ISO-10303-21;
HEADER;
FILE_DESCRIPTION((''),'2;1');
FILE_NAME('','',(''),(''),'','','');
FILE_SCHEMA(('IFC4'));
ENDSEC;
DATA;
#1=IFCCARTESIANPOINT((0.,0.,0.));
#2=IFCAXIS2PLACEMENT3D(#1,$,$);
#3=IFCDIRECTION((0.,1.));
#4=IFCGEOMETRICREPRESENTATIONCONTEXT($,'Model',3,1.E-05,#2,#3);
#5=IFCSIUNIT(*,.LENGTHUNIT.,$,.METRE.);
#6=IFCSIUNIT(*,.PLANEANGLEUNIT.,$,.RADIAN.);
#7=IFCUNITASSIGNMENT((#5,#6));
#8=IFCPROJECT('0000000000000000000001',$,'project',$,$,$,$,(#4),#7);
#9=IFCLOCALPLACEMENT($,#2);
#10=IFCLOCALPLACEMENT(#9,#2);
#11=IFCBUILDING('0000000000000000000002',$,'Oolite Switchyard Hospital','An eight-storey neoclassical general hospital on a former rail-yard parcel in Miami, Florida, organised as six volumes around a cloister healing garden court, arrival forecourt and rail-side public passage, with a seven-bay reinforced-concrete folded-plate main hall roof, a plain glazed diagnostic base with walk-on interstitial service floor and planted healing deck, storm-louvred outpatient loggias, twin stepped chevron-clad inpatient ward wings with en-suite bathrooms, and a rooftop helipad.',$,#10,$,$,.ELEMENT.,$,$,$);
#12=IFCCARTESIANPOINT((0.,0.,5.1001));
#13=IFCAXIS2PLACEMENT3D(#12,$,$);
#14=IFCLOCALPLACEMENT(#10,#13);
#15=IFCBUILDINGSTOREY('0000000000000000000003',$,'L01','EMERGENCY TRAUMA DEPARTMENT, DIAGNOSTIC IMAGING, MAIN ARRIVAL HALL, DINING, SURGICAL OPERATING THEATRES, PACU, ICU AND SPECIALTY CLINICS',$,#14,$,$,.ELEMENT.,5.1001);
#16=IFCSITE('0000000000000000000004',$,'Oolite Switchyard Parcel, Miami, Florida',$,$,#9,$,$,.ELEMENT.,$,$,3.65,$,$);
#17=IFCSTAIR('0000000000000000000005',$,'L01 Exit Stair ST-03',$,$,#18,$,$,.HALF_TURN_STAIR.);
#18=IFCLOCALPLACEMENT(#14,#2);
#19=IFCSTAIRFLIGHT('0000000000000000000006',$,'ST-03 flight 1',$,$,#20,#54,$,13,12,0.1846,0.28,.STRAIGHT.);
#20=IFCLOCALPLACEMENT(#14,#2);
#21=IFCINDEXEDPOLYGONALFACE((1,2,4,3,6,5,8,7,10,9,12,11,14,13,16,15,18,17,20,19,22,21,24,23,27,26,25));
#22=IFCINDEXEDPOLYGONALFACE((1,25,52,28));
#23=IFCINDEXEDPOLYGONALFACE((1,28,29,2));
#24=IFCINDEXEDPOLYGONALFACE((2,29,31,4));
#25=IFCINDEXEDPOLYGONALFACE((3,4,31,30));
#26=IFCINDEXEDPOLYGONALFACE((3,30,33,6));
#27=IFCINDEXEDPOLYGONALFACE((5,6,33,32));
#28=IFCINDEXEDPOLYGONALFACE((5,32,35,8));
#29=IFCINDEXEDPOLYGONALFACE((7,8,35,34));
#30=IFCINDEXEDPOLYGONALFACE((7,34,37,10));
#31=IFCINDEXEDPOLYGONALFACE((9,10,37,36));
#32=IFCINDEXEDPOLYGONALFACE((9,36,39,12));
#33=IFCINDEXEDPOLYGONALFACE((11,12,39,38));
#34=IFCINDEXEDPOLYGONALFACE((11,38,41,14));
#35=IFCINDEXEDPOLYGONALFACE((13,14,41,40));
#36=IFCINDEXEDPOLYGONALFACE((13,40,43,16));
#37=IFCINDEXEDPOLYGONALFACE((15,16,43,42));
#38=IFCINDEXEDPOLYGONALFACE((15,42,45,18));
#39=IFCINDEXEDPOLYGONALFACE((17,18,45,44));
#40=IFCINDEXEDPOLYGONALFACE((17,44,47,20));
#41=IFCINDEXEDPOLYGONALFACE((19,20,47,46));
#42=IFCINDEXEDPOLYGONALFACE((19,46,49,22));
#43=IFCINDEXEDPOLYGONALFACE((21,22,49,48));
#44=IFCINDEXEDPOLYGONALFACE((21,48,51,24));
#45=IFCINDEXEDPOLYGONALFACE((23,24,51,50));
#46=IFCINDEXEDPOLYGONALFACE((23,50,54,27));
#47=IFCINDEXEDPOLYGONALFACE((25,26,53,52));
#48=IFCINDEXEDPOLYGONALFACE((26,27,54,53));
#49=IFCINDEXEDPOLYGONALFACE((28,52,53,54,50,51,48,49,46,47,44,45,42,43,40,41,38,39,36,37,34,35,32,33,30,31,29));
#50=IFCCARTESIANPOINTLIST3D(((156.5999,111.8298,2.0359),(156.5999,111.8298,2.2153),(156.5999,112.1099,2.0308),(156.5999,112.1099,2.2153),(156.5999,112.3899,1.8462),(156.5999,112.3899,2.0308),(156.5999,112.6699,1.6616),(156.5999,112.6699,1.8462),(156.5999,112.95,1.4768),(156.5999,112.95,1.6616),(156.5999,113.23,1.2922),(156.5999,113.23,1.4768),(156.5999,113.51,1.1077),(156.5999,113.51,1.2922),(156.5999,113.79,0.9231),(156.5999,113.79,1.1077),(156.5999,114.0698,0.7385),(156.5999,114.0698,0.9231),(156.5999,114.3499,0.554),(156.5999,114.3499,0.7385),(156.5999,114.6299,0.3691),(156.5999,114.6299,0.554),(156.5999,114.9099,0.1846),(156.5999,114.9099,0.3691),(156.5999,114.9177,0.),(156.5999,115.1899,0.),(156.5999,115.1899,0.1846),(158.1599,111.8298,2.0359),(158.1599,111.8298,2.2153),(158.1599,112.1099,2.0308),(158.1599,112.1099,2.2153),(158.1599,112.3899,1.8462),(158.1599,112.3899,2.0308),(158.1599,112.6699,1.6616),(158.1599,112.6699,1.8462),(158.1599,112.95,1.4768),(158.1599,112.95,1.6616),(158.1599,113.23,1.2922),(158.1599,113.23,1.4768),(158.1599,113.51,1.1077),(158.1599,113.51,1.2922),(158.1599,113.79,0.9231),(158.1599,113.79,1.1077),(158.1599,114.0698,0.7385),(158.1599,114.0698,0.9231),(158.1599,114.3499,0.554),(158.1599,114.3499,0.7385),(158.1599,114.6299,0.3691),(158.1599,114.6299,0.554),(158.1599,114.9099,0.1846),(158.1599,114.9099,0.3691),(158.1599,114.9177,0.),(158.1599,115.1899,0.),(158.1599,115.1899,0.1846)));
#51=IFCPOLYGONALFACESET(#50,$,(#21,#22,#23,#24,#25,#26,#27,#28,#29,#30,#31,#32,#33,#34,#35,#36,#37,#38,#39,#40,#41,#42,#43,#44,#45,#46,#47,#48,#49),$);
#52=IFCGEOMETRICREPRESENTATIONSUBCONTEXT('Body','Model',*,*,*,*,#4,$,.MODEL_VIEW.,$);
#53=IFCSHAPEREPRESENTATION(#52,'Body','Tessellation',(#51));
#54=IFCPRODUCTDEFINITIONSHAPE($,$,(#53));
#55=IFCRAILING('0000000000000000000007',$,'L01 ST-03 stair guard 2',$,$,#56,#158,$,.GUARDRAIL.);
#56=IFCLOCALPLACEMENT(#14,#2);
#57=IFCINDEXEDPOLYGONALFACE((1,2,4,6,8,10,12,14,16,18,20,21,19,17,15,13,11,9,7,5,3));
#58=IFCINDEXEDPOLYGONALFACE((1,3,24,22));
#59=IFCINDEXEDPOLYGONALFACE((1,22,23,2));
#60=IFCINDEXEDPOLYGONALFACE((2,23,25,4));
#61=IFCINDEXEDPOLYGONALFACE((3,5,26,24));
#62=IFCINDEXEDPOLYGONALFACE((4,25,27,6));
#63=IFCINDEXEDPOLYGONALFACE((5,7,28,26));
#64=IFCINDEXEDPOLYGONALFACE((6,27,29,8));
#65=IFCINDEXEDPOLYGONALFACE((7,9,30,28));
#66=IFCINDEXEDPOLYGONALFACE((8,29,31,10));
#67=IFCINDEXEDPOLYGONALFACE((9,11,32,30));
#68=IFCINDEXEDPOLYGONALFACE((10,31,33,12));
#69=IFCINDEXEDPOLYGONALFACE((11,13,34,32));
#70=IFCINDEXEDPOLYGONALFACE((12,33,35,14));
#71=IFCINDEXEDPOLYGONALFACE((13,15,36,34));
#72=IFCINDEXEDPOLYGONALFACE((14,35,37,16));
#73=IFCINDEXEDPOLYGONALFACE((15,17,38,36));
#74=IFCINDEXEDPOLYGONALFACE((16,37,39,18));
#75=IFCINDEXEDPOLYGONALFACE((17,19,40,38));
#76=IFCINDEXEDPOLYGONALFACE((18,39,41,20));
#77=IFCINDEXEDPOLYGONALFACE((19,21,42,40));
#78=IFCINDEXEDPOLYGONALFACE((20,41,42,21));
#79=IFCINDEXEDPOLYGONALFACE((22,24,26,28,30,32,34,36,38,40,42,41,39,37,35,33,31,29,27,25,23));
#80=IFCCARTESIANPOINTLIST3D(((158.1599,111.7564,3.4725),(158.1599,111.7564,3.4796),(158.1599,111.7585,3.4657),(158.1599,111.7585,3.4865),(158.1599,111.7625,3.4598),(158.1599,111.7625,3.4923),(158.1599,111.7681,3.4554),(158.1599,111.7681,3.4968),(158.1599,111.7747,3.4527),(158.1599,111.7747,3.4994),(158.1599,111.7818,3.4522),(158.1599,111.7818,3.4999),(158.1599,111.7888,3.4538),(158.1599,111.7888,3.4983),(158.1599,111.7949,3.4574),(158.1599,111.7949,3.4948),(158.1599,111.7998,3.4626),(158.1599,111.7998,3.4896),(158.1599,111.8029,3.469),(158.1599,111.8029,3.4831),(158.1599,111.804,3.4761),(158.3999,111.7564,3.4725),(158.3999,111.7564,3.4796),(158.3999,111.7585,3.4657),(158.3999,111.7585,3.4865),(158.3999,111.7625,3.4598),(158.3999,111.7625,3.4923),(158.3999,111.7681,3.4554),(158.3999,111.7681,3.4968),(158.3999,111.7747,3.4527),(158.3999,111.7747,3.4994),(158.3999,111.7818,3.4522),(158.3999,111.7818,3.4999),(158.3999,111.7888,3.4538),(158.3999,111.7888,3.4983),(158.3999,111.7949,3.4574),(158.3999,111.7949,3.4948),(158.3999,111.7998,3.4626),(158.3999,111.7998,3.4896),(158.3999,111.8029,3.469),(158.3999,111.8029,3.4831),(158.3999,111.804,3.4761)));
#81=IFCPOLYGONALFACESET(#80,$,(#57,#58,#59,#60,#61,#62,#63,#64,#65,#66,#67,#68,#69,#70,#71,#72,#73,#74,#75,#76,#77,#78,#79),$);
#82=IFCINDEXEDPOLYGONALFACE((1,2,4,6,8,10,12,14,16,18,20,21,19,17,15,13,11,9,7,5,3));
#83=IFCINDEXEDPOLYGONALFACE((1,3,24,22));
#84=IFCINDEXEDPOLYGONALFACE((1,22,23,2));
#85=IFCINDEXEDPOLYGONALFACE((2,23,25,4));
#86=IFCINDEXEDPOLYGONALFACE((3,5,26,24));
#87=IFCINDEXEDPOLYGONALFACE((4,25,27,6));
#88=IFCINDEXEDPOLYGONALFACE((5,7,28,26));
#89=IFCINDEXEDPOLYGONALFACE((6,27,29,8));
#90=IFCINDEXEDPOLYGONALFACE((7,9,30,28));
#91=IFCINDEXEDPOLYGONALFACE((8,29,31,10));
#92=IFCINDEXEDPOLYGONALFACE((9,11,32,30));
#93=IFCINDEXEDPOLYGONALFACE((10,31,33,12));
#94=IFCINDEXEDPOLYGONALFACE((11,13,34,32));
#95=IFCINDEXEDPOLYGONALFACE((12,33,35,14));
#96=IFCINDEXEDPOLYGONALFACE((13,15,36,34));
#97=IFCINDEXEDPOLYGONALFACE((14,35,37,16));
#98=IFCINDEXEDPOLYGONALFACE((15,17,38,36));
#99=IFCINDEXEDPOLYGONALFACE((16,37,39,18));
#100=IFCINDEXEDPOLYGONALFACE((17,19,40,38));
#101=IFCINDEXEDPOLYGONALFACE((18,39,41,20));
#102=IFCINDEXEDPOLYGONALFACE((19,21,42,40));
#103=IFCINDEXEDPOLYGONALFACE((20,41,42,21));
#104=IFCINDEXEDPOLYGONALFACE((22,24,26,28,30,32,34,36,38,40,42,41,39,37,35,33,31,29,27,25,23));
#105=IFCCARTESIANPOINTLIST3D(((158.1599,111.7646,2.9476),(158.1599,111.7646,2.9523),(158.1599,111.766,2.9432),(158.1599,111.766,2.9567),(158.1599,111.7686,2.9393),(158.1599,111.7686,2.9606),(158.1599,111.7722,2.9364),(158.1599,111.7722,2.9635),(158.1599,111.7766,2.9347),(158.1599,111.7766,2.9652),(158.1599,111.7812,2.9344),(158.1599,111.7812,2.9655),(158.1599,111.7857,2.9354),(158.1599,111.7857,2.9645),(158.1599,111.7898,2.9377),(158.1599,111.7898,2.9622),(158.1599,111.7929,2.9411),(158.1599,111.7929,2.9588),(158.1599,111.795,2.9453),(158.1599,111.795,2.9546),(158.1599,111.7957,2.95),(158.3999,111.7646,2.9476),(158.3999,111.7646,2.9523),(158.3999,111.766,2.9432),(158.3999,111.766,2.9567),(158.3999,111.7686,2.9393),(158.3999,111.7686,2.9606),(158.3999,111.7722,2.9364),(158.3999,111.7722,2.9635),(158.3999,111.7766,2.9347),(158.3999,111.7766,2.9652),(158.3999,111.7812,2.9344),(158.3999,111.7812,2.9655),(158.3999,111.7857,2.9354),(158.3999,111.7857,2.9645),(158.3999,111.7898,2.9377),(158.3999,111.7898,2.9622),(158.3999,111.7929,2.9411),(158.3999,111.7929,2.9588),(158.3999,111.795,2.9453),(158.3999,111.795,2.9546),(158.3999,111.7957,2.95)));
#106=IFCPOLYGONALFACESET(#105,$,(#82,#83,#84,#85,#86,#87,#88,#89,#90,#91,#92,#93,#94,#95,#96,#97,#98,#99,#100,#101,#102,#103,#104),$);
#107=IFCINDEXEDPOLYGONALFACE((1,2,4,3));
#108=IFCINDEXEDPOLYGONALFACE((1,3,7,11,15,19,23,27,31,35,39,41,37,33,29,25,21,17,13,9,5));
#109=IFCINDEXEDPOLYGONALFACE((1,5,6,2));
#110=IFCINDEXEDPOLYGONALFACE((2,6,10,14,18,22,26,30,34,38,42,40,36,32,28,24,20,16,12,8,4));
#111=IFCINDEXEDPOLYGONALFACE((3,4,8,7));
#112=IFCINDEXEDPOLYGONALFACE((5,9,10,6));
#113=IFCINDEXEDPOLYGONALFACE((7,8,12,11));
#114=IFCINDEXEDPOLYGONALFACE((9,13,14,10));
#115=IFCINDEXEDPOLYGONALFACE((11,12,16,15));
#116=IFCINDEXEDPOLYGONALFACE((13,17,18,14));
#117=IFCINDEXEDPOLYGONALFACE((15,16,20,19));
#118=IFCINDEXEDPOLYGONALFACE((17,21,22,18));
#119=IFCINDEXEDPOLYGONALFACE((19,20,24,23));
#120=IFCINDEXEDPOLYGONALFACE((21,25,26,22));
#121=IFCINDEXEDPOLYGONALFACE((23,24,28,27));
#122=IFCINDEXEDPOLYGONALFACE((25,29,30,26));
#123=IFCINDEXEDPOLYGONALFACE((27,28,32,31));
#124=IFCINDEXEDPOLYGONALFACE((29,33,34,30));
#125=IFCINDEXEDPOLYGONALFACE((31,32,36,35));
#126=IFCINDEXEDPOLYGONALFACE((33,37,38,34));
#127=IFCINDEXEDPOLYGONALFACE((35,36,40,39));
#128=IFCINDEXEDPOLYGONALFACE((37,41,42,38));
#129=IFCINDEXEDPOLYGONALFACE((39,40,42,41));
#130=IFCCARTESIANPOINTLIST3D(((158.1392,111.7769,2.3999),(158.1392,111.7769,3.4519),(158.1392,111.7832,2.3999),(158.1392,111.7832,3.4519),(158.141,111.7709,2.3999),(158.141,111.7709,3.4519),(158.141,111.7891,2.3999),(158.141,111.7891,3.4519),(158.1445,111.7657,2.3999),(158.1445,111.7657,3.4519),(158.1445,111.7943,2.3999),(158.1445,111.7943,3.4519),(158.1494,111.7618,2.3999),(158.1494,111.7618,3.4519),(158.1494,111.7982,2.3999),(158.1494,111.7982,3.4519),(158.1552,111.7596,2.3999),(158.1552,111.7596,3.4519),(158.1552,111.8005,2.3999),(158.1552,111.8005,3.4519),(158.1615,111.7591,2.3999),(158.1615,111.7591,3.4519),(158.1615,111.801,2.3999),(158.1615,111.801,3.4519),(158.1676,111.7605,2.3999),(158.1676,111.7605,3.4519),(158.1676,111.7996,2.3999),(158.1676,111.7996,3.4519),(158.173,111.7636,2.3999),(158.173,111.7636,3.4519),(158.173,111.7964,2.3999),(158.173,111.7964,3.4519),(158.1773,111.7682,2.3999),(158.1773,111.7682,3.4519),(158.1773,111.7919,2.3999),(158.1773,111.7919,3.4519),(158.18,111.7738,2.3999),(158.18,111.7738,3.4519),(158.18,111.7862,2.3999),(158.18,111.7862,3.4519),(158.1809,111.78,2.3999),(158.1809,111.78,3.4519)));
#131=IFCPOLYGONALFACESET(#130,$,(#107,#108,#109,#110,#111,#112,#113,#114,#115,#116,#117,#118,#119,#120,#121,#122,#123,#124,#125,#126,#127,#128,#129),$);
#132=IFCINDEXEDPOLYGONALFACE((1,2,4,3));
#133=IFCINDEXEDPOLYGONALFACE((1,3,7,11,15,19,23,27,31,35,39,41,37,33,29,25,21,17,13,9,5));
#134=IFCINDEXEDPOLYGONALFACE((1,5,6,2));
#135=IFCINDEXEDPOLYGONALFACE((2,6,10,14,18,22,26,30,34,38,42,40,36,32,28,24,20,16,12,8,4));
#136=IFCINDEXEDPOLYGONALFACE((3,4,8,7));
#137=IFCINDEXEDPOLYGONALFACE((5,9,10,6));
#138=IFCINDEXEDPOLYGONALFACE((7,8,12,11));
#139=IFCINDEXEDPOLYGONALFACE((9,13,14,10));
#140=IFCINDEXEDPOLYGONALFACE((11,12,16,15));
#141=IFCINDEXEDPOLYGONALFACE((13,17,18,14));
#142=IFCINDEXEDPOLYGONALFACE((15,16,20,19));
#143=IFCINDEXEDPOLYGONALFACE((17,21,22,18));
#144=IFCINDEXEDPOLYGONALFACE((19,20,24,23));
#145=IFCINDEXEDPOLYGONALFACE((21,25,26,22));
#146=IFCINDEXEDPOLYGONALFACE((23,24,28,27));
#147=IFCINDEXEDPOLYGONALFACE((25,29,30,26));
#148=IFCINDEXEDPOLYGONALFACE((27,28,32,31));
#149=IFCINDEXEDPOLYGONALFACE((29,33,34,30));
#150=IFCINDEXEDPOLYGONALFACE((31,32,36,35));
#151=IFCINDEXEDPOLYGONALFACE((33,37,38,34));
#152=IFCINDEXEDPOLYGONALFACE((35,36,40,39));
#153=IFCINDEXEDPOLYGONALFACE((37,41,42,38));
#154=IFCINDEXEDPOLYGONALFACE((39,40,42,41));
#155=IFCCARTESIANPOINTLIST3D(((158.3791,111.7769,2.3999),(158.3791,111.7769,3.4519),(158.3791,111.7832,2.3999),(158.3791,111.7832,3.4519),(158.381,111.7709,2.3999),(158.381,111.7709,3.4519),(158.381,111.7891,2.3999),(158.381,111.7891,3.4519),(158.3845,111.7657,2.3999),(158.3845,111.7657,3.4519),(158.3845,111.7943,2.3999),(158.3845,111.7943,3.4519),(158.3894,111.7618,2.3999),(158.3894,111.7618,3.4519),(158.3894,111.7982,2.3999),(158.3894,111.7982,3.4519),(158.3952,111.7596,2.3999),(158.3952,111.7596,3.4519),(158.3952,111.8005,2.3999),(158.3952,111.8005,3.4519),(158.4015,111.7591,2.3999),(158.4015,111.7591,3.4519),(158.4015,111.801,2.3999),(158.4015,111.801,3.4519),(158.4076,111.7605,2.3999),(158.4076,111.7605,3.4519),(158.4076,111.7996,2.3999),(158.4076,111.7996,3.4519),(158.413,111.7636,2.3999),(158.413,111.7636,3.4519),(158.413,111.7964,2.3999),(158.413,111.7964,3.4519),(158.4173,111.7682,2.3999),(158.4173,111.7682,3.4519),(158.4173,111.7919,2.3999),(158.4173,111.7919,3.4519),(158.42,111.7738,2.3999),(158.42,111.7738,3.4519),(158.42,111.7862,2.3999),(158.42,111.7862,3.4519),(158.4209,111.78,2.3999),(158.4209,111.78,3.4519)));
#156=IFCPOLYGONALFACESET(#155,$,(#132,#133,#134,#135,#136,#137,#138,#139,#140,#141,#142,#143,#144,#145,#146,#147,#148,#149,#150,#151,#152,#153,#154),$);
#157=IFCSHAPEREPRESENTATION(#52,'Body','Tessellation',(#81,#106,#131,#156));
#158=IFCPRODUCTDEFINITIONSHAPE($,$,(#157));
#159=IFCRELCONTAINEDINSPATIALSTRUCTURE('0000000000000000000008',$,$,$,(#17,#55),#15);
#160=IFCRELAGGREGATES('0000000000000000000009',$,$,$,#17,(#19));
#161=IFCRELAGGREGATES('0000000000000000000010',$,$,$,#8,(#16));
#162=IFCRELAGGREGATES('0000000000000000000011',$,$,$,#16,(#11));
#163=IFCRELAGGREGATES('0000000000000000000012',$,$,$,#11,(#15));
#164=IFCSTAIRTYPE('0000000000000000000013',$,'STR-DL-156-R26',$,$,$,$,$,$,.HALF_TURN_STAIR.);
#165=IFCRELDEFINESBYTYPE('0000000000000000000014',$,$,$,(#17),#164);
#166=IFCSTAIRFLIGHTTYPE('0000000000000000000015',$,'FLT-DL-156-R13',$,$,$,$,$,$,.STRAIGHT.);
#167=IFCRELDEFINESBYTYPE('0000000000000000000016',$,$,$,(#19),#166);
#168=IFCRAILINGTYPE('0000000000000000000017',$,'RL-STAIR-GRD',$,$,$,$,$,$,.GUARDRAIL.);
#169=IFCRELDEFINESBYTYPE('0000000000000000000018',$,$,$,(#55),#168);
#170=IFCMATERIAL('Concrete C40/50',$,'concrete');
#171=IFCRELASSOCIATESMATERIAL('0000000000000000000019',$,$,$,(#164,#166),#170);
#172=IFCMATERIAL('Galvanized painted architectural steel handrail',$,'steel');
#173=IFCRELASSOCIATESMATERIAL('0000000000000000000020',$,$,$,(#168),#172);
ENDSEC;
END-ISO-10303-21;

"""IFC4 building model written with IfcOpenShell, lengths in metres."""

from ifc_helpers import new_model, si_unit, direction, frame, origin, origin_2d, place, context, subcontext, project, spatial, polyline, circle, outline, extrude, material, type_object, element, aggregate, save


model = new_model("IFC4")

# Units and contexts
model_context = context("Model", 3, precision=1e-05, world=origin(), true_north=direction((0.0, 1.0)))
body_context = subcontext(model_context, "Body", "Model", "MODEL_VIEW")
ifc_project = project(units=[si_unit("LENGTHUNIT", "METRE"), si_unit("PLANEANGLEUNIT", "RADIAN")], contexts=[model_context])

# Site, building, storey
site_placement = place(None, origin())
site = spatial("IfcSite", under=ifc_project, at=site_placement, Name="Oolite Switchyard Parcel, Miami, Florida", CompositionType="ELEMENT", RefElevation=3.65)
building_placement = place(site_placement, origin())
building = spatial("IfcBuilding", under=site, at=building_placement, Name="Oolite Switchyard Hospital", Description="An eight-storey neoclassical general hospital on a former rail-yard parcel in Miami, Florida, organised as six volumes around a cloister healing garden court, arrival forecourt and rail-side public passage, with a seven-bay reinforced-concrete folded-plate main hall roof, a plain glazed diagnostic base with walk-on interstitial service floor and planted healing deck, storm-louvred outpatient loggias, twin stepped chevron-clad inpatient ward wings with en-suite bathrooms, and a rooftop helipad.", CompositionType="ELEMENT")
storey_placement = place(building_placement, frame((0.0, 0.0, 5.1001)))
storey = spatial("IfcBuildingStorey", under=building, at=storey_placement, Name="L01", Description="EMERGENCY TRAUMA DEPARTMENT, DIAGNOSTIC IMAGING, MAIN ARRIVAL HALL, DINING, SURGICAL OPERATING THEATRES, PACU, ICU AND SPECIALTY CLINICS", CompositionType="ELEMENT", Elevation=5.1001)

# Shared definitions
ifc_material_1 = material(Name="Concrete C40/50", Category="concrete")

# Stair, stair flight
stair_type = type_object("IfcStairType", Name="STR-DL-156-R26", PredefinedType="HALF_TURN_STAIR", material=ifc_material_1)
stair_placement = place(storey_placement, origin())
stair = element("IfcStair", 1, at=stair_placement, inside=storey, type_object=stair_type, Name="L01 Exit Stair ST-03", PredefinedType="HALF_TURN_STAIR")
stair_flight_type = type_object("IfcStairFlightType", Name="FLT-DL-156-R13", PredefinedType="STRAIGHT", material=ifc_material_1)
stair_flight_placement = place(storey_placement, frame((157.3799, 115.1899, 0.0), z_axis=(0.0, 0.0, 1.0), x_axis=(0.0, -1.0, 0.0)))
stair_flight = element("IfcStairFlight", 2, at=stair_flight_placement, type_object=stair_flight_type, Name="ST-03 flight 1", NumberOfRisers=13, NumberOfTreads=12, PredefinedType="STRAIGHT", RiserHeight=0.1846, TreadLength=0.28, context=body_context, shape_type="SweptSolid", body=[
    extrude(outline(polyline([(0.0, 0.0), (0.0, 0.1846), (0.28, 0.1846), (0.28, 0.3691), (0.5601, 0.3691), (0.5601, 0.554), (0.8401, 0.554), (0.8401, 0.7385), (1.1201, 0.7385), (1.1201, 0.9231), (1.3999, 0.9231), (1.3999, 1.1077), (1.6799, 1.1077), (1.6799, 1.2922), (1.96, 1.2922), (1.96, 1.4768), (2.24, 1.4768), (2.24, 1.6616), (2.52, 1.6616), (2.52, 1.8462), (2.8, 1.8462), (2.8, 2.0308), (3.0801, 2.0308), (3.0801, 2.2153), (3.3601, 2.2153), (3.3601, 2.3999), (3.3601, 2.0359), (0.2722, 0.0), (0.0, 0.0)])), frame((0.0, 0.78, 0.0), z_axis=(0.0, -1.0, 0.0), x_axis=(1.0, 0.0, 0.0)), (0.0, 0.0, 1.0), 1.5601),
])
aggregate(stair, [stair_flight])

# Railing
ifc_material_2 = material(Name="Galvanized painted architectural steel handrail", Category="steel")
railing_type_1 = type_object("IfcRailingType", Name="RL-STAIR-GRD", PredefinedType="GUARDRAIL", material=ifc_material_2)
railing_1_placement = place(storey_placement, frame((158.1599, 111.78, 2.3999)))
element("IfcRailing", 3, at=railing_1_placement, inside=storey, type_object=railing_type_1, Name="L01 ST-03 stair guard 2", PredefinedType="GUARDRAIL", context=body_context, shape_type="SweptSolid", body=[
    extrude(circle(Radius=0.0239, at=origin_2d()), frame((0.0, 0.0, 1.0762), z_axis=(1.0, 0.0, 0.0), x_axis=(0.0, 1.0, 0.0)), (0.0, 0.0, 1.0), 0.24),
    extrude(circle(Radius=0.0156, at=origin_2d()), frame((0.0, 0.0, 0.55), z_axis=(1.0, 0.0, 0.0), x_axis=(0.0, 1.0, 0.0)), (0.0, 0.0, 1.0), 0.24),
    extrude(circle(Radius=0.021, at=origin_2d()), origin(), (0.0, 0.0, 1.0), 1.052),
    extrude(circle(Radius=0.021, at=origin_2d()), frame((0.24, 0.0, 0.0)), (0.0, 0.0, 1.0), 1.052),
])

save(model, "model.ifc")
